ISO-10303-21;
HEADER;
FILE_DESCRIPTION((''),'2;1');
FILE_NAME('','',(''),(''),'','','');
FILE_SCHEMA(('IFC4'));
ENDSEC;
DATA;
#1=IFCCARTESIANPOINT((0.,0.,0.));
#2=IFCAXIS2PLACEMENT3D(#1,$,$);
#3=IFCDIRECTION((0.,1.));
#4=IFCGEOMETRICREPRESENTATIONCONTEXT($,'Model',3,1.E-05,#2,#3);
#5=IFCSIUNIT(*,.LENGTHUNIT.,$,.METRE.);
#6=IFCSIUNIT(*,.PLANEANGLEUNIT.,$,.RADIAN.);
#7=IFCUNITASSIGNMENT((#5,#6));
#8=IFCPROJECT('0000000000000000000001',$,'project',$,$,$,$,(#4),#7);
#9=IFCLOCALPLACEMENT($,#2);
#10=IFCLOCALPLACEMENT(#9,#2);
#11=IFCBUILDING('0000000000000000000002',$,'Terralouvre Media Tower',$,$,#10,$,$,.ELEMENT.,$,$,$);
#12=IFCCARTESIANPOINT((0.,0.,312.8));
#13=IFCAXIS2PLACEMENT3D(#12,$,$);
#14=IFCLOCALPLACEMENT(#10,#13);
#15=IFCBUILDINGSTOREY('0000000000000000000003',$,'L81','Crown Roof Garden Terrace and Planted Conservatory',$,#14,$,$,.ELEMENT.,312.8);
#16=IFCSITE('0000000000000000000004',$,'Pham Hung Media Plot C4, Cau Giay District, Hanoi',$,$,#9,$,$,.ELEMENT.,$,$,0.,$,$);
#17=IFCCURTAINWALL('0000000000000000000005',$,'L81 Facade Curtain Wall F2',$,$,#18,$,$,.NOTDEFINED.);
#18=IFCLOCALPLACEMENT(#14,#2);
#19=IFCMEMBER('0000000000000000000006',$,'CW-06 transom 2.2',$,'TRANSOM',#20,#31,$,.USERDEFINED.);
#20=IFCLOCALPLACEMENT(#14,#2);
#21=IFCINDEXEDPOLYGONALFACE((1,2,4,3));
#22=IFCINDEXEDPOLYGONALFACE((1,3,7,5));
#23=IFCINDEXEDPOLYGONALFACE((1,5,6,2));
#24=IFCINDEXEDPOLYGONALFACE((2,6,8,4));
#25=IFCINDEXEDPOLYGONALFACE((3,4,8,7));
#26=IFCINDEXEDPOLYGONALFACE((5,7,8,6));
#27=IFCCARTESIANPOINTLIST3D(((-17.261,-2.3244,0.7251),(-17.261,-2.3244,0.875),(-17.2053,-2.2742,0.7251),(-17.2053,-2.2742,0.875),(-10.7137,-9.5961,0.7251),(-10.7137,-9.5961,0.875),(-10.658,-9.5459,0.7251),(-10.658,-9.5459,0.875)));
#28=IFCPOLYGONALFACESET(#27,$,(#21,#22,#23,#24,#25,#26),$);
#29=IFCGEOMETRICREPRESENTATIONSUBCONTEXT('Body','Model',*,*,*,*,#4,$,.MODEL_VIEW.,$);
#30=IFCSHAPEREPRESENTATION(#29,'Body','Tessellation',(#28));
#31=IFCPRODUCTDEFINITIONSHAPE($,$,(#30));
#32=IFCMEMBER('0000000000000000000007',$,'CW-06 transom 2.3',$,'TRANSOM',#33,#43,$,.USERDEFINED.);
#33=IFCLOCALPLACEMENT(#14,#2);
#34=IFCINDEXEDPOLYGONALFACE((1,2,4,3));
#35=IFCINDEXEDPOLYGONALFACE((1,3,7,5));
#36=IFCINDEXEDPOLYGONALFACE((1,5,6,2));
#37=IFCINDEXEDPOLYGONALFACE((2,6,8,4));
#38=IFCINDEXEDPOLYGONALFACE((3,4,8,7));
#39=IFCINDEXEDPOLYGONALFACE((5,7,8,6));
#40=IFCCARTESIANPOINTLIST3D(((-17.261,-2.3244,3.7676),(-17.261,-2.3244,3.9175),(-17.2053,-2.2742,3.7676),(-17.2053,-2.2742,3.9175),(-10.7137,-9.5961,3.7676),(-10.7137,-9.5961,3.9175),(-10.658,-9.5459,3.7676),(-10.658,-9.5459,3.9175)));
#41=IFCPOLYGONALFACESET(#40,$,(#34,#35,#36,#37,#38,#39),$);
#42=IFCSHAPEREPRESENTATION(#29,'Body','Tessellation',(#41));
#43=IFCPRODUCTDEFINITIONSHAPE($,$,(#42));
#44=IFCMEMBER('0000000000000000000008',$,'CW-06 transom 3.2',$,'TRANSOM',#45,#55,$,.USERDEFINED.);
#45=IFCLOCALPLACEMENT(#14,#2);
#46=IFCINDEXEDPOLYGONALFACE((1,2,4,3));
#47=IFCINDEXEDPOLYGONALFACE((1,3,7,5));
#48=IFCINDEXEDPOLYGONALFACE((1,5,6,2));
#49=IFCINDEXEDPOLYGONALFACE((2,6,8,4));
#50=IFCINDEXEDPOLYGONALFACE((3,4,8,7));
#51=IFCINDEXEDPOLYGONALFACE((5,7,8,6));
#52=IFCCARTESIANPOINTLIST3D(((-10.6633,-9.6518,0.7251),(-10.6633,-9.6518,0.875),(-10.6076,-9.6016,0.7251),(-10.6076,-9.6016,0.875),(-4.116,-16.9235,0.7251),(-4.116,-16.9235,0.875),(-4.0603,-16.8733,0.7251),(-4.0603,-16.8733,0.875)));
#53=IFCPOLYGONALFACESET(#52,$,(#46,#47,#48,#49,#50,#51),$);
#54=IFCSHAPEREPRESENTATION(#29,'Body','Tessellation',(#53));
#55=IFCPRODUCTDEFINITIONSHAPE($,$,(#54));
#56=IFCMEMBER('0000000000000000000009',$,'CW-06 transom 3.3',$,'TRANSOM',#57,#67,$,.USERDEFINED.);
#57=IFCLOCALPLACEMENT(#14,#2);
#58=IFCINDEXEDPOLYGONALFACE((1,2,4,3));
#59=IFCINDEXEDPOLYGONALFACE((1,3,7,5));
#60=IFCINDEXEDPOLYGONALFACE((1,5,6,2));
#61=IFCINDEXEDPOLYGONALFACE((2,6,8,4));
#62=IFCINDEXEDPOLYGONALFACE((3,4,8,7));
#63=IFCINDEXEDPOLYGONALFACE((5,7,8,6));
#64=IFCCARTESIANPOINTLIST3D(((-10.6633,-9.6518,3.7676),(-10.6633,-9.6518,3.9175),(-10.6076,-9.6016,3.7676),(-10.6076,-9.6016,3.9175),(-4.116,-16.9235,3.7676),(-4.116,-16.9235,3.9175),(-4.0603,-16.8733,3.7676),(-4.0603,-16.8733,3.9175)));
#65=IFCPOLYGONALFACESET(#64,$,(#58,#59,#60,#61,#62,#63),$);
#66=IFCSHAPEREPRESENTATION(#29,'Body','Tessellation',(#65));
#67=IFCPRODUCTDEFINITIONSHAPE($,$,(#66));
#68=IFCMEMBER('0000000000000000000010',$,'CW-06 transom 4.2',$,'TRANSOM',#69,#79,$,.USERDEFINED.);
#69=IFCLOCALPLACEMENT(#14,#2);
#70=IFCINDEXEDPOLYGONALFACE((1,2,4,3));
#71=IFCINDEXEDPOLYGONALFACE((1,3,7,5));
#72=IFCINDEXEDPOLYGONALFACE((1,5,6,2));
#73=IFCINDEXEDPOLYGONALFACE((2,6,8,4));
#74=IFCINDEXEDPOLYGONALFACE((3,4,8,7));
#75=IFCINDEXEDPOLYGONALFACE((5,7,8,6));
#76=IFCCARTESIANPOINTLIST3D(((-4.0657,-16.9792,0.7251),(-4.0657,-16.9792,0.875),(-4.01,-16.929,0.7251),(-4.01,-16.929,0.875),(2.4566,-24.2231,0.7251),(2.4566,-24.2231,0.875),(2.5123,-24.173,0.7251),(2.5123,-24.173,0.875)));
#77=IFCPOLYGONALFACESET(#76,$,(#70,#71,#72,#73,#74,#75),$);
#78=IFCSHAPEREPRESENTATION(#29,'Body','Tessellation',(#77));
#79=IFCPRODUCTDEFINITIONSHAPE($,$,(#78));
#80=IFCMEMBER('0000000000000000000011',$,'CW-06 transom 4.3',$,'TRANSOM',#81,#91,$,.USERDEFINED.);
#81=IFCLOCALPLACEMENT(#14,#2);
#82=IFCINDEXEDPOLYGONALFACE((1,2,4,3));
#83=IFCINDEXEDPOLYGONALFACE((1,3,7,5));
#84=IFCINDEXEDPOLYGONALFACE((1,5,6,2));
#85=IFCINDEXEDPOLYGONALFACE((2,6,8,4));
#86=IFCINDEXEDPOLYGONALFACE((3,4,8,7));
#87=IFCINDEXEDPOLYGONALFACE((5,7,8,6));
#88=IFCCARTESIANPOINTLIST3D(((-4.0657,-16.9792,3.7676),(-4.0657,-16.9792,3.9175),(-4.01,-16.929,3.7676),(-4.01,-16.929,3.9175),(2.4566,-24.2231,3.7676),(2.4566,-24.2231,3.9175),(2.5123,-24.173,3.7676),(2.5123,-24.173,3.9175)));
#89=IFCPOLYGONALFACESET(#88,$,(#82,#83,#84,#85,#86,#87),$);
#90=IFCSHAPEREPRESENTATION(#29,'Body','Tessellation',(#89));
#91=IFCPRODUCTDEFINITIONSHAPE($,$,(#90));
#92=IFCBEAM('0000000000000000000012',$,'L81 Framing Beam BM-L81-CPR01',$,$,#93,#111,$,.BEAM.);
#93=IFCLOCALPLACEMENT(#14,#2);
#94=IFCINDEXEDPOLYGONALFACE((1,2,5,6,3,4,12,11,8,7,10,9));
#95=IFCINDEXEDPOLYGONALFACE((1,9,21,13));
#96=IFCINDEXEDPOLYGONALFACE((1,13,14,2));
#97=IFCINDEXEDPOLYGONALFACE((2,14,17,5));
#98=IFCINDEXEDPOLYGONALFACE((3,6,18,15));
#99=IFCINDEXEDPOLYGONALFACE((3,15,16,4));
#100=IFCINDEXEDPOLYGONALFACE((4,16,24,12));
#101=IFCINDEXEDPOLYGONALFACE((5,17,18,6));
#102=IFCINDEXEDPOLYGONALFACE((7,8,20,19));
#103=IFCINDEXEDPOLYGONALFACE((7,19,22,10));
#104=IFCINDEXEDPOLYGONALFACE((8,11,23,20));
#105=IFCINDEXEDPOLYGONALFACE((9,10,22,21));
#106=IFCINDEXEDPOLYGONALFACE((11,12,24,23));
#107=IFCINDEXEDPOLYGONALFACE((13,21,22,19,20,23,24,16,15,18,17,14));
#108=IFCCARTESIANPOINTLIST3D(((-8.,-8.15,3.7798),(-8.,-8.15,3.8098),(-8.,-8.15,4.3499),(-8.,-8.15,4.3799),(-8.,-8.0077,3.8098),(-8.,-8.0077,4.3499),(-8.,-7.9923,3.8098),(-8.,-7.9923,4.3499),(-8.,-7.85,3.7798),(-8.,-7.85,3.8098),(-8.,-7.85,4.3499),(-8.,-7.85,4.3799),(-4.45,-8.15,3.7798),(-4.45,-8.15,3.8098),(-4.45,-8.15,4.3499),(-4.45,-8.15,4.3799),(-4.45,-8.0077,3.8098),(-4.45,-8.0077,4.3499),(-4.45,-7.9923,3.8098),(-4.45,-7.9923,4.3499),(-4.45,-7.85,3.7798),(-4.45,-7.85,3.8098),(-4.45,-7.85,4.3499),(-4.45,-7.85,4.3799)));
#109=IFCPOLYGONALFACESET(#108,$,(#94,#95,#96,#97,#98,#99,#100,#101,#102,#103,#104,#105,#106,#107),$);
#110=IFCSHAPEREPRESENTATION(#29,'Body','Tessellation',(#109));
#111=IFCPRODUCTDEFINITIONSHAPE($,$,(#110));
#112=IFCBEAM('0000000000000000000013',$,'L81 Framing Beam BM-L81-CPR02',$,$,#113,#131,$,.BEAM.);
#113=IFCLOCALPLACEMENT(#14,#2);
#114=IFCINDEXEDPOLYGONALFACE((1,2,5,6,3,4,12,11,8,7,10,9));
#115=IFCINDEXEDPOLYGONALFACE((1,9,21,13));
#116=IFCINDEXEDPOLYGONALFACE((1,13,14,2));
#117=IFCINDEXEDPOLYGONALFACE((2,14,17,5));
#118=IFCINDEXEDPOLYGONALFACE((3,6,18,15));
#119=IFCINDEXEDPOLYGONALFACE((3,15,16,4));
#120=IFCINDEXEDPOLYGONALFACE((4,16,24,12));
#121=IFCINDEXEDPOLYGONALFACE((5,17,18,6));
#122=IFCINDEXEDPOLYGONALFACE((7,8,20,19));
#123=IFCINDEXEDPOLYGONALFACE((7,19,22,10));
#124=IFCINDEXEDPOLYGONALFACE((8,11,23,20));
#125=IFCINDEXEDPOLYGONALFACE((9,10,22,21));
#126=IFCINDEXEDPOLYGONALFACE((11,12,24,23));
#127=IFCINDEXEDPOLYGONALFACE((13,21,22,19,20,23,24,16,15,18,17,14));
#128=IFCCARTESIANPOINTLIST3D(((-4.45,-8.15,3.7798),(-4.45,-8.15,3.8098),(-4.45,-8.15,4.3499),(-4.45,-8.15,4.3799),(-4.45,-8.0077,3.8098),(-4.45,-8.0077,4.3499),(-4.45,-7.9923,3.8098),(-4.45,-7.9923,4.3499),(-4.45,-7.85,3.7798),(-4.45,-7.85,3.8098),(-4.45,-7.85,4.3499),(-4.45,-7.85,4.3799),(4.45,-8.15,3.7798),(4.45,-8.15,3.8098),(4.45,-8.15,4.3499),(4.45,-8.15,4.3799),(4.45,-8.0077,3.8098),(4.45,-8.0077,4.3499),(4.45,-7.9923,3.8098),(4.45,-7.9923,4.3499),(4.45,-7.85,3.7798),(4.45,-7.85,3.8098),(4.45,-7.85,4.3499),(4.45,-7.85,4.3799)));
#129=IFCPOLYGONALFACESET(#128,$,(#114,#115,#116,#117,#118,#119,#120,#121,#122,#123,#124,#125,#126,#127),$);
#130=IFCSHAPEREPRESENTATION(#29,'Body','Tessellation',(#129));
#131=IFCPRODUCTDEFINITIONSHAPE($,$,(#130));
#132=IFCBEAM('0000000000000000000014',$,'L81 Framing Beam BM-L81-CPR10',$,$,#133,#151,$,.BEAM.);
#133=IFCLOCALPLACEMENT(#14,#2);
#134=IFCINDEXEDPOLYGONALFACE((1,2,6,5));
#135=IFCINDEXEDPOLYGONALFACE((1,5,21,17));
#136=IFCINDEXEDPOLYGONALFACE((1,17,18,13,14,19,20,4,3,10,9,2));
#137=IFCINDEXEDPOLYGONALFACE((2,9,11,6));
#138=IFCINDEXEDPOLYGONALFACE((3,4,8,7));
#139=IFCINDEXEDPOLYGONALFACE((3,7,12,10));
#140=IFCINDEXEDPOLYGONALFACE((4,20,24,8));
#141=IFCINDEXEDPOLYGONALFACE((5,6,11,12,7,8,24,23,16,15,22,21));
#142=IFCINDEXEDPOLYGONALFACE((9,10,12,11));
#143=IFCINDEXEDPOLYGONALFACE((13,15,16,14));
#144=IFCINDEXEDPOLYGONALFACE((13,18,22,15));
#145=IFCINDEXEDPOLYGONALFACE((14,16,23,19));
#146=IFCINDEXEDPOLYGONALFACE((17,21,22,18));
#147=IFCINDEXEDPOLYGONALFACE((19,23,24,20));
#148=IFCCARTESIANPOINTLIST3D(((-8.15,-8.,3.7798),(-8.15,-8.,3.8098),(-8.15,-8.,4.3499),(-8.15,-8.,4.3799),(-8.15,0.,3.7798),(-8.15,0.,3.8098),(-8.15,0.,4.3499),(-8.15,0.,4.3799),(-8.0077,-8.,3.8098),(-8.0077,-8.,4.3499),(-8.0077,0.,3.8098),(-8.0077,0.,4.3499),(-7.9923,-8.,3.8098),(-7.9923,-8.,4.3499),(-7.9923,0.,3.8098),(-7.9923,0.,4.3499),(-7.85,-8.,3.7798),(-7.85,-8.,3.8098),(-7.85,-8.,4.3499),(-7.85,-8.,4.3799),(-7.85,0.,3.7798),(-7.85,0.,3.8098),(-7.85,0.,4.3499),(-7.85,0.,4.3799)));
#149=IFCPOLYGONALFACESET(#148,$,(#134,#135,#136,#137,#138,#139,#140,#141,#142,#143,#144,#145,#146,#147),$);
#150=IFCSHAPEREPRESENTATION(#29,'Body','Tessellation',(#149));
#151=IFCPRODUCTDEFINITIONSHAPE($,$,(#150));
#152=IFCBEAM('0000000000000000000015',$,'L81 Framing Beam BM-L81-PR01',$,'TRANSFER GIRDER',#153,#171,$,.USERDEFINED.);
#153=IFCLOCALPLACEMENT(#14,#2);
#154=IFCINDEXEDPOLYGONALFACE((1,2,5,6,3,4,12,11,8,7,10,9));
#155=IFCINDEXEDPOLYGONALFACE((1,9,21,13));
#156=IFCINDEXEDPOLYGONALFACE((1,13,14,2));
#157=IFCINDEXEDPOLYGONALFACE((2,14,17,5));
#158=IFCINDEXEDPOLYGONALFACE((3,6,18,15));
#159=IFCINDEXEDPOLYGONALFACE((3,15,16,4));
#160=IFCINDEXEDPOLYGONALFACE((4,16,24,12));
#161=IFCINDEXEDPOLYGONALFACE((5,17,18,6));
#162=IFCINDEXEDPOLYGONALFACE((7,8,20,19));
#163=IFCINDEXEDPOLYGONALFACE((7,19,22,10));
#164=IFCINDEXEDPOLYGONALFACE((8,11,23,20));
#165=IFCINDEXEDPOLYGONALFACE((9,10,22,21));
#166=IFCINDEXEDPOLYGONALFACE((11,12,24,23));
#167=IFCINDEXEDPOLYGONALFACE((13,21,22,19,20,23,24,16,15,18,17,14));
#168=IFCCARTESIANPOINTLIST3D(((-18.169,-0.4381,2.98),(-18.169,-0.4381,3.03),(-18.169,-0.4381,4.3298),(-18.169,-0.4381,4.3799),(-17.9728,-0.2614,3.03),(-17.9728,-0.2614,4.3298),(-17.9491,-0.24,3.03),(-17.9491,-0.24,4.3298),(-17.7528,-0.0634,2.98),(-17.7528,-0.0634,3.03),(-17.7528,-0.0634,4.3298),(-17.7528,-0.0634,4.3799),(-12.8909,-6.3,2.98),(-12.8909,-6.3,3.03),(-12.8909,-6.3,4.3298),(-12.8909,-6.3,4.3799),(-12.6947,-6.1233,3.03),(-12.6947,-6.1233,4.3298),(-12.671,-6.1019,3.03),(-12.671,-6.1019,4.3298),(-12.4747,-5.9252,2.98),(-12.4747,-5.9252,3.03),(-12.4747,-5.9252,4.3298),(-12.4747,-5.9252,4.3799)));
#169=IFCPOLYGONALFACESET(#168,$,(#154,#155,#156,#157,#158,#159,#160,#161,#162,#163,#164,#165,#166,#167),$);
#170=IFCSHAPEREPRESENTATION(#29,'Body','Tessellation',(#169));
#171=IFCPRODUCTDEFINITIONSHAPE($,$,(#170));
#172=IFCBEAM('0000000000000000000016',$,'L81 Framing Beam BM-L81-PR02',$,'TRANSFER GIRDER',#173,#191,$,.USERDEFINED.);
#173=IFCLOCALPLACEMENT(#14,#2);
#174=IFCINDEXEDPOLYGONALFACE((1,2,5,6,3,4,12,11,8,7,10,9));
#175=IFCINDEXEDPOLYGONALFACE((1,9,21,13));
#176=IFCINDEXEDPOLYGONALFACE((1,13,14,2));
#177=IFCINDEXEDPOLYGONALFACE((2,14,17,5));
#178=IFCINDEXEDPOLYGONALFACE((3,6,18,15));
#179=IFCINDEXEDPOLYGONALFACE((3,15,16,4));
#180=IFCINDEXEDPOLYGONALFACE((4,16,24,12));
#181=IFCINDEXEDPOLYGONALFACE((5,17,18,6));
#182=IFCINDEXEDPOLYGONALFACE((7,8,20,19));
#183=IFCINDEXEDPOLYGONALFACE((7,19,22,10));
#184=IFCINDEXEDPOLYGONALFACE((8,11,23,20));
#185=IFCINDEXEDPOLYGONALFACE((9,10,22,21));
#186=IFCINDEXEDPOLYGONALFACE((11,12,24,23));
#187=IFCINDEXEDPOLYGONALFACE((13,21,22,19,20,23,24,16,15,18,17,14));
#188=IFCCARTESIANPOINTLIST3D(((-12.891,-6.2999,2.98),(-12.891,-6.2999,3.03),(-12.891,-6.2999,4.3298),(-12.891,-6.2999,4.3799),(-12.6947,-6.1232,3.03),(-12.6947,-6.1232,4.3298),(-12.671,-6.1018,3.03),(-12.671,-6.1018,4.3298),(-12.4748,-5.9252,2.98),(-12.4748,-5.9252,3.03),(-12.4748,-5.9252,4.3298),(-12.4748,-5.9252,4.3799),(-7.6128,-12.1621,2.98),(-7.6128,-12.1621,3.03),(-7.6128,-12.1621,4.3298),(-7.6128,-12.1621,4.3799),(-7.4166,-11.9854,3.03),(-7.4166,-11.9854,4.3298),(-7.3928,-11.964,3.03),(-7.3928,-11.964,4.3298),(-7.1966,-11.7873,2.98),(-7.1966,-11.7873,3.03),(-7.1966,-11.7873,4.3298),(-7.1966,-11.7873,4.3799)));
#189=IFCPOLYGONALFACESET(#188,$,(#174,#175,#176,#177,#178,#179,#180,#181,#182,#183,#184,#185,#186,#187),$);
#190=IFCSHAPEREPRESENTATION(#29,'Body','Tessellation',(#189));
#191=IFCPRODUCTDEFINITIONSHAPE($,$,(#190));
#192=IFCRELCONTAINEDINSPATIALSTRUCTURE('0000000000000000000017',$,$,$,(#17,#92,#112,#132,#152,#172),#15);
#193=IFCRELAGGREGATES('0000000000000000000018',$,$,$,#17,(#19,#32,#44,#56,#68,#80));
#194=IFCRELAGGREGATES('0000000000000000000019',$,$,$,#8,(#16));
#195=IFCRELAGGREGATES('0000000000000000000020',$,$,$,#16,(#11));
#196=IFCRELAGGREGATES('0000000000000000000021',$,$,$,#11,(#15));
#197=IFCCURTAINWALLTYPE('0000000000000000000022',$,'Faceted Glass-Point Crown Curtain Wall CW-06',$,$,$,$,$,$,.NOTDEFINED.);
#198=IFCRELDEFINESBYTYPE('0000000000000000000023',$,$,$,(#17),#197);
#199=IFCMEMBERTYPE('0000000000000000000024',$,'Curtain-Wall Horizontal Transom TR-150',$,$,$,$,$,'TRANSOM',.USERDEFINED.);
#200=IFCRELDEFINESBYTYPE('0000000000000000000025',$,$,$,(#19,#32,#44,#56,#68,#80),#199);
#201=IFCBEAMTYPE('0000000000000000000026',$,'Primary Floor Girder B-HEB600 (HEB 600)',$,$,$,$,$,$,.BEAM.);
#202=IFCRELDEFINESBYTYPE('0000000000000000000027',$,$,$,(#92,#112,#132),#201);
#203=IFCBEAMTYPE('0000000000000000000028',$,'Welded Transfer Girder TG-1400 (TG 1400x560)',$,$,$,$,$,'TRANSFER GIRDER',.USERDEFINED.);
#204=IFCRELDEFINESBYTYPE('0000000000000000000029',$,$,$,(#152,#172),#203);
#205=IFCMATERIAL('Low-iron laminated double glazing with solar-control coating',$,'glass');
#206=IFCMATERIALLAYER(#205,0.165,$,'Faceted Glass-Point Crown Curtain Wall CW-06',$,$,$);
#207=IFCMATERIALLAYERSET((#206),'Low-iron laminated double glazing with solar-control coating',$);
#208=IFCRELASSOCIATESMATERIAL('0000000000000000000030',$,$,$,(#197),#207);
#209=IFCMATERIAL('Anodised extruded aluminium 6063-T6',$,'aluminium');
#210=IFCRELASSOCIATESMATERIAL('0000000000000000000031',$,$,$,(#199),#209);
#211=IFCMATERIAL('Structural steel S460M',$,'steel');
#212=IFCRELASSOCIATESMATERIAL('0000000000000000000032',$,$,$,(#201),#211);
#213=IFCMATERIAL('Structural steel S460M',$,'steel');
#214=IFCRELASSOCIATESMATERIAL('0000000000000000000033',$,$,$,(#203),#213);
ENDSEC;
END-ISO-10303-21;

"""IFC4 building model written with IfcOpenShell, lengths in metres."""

from ifc_helpers import new_model, si_unit, direction, frame, origin, origin_2d, place, context, subcontext, project, spatial, rectangle, i_section, extrude, material, layer, layer_set, material_profile, profile_set, type_object, element, aggregate, save


model = new_model("IFC4")

# Units and contexts
model_context = context("Model", 3, precision=1e-05, world=origin(), true_north=direction((0.0, 1.0)))
body_context = subcontext(model_context, "Body", "Model", "MODEL_VIEW")
ifc_project = project(units=[si_unit("LENGTHUNIT", "METRE"), si_unit("PLANEANGLEUNIT", "RADIAN")], contexts=[model_context])

# Site, building, storey
site_placement = place(None, origin())
site = spatial("IfcSite", under=ifc_project, at=site_placement, Name="Pham Hung Media Plot C4, Cau Giay District, Hanoi", CompositionType="ELEMENT", RefElevation=0.0)
building_placement = place(site_placement, origin())
building = spatial("IfcBuilding", under=site, at=building_placement, Name="Terralouvre Media Tower", CompositionType="ELEMENT")
storey_placement = place(building_placement, frame((0.0, 0.0, 312.8)))
storey = spatial("IfcBuildingStorey", under=building, at=storey_placement, Name="L81", Description="Crown Roof Garden Terrace and Planted Conservatory", CompositionType="ELEMENT", Elevation=312.8)

# Curtain wall, members
ifc_material_1 = material(Name="Low-iron laminated double glazing with solar-control coating", Category="glass")
ifc_layer_1 = layer(ifc_material_1, 0.165, Name="Faceted Glass-Point Crown Curtain Wall CW-06")
ifc_layer_set_1 = layer_set([ifc_layer_1], Name="Low-iron laminated double glazing with solar-control coating")
curtain_wall_type = type_object("IfcCurtainWallType", Name="Faceted Glass-Point Crown Curtain Wall CW-06", PredefinedType="NOTDEFINED", material=ifc_layer_set_1)
curtain_wall_placement = place(storey_placement, origin())
curtain_wall = element("IfcCurtainWall", 1, at=curtain_wall_placement, inside=storey, type_object=curtain_wall_type, Name="L81 Facade Curtain Wall F2", PredefinedType="NOTDEFINED")
ifc_material_2 = material(Name="Anodised extruded aluminium 6063-T6", Category="aluminium")
ifc_material_profile_1 = material_profile(ifc_material_2, rectangle(XDim=0.075, YDim=0.1499, at=origin_2d()), Name="ALU 75x150")
ifc_profile_set_1 = profile_set([ifc_material_profile_1], Name="Anodised extruded aluminium 6063-T6")
member_type = type_object("IfcMemberType", Name="Curtain-Wall Horizontal Transom TR-150", ElementType="TRANSOM", PredefinedType="USERDEFINED", material=ifc_profile_set_1)
member_1_placement = place(storey_placement, frame((-17.2332, -2.2993, 0.8), z_axis=(0.669123, -0.743151, 0.0), x_axis=(0.743151, 0.669123, 0.0)))
member_1 = element("IfcMember", 2, at=member_1_placement, type_object=member_type, Name="CW-06 transom 2.2", ObjectType="TRANSOM", PredefinedType="USERDEFINED", context=body_context, shape_type="SweptSolid", body=[
    extrude(rectangle(XDim=0.075, YDim=0.1499, at=origin_2d()), origin(), (0.0, 0.0, 1.0), 9.7849),
])
member_2_placement = place(storey_placement, frame((-17.2332, -2.2993, 3.8425), z_axis=(0.669123, -0.743151, 0.0), x_axis=(0.743151, 0.669123, 0.0)))
member_2 = element("IfcMember", 3, at=member_2_placement, type_object=member_type, Name="CW-06 transom 2.3", ObjectType="TRANSOM", PredefinedType="USERDEFINED", context=body_context, shape_type="SweptSolid", body=[
    extrude(rectangle(XDim=0.075, YDim=0.1499, at=origin_2d()), origin(), (0.0, 0.0, 1.0), 9.7849),
])
member_3_placement = place(storey_placement, frame((-10.6355, -9.6267, 0.8), z_axis=(0.669123, -0.743151, 0.0), x_axis=(0.743151, 0.669123, 0.0)))
member_3 = element("IfcMember", 4, at=member_3_placement, type_object=member_type, Name="CW-06 transom 3.2", ObjectType="TRANSOM", PredefinedType="USERDEFINED", context=body_context, shape_type="SweptSolid", body=[
    extrude(rectangle(XDim=0.075, YDim=0.1499, at=origin_2d()), origin(), (0.0, 0.0, 1.0), 9.7849),
])
member_4_placement = place(storey_placement, frame((-10.6355, -9.6267, 3.8425), z_axis=(0.669123, -0.743151, 0.0), x_axis=(0.743151, 0.669123, 0.0)))
member_4 = element("IfcMember", 5, at=member_4_placement, type_object=member_type, Name="CW-06 transom 3.3", ObjectType="TRANSOM", PredefinedType="USERDEFINED", context=body_context, shape_type="SweptSolid", body=[
    extrude(rectangle(XDim=0.075, YDim=0.1499, at=origin_2d()), origin(), (0.0, 0.0, 1.0), 9.7849),
])
member_5_placement = place(storey_placement, frame((-4.0378, -16.9541, 0.8), z_axis=(0.669118, -0.743156, 0.0), x_axis=(0.743156, 0.669118, 0.0)))
member_5 = element("IfcMember", 6, at=member_5_placement, type_object=member_type, Name="CW-06 transom 4.2", ObjectType="TRANSOM", PredefinedType="USERDEFINED", context=body_context, shape_type="SweptSolid", body=[
    extrude(rectangle(XDim=0.075, YDim=0.1499, at=origin_2d()), origin(), (0.0, 0.0, 1.0), 9.7476),
])
member_6_placement = place(storey_placement, frame((-4.0378, -16.9541, 3.8425), z_axis=(0.669118, -0.743156, 0.0), x_axis=(0.743156, 0.669118, 0.0)))
member_6 = element("IfcMember", 7, at=member_6_placement, type_object=member_type, Name="CW-06 transom 4.3", ObjectType="TRANSOM", PredefinedType="USERDEFINED", context=body_context, shape_type="SweptSolid", body=[
    extrude(rectangle(XDim=0.075, YDim=0.1499, at=origin_2d()), origin(), (0.0, 0.0, 1.0), 9.7476),
])

# Beams
ifc_material_3 = material(Name="Structural steel S460M", Category="steel")
ifc_material_profile_2 = material_profile(ifc_material_3, i_section(OverallWidth=0.3, OverallDepth=0.6001, WebThickness=0.0154, FlangeThickness=0.03, at=origin_2d()), Name="HEB 600")
ifc_profile_set_2 = profile_set([ifc_material_profile_2], Name="Structural steel S460M")
beam_type_1 = type_object("IfcBeamType", Name="Primary Floor Girder B-HEB600 (HEB 600)", PredefinedType="BEAM", material=ifc_profile_set_2)
beam_1_placement = place(storey_placement, frame((-8.0, -8.0, 4.0798), z_axis=(1.0, 0.0, 0.0), x_axis=(0.0, 1.0, 0.0)))
element("IfcBeam", 8, at=beam_1_placement, inside=storey, type_object=beam_type_1, Name="L81 Framing Beam BM-L81-CPR01", PredefinedType="BEAM", context=body_context, shape_type="SweptSolid", body=[
    extrude(i_section(OverallWidth=0.3, OverallDepth=0.6001, WebThickness=0.0154, FlangeThickness=0.03, at=origin_2d()), origin(), (0.0, 0.0, 1.0), 3.55),
])
beam_2_placement = place(storey_placement, frame((-4.45, -8.0, 4.0798), z_axis=(1.0, 0.0, 0.0), x_axis=(0.0, 1.0, 0.0)))
element("IfcBeam", 9, at=beam_2_placement, inside=storey, type_object=beam_type_1, Name="L81 Framing Beam BM-L81-CPR02", PredefinedType="BEAM", context=body_context, shape_type="SweptSolid", body=[
    extrude(i_section(OverallWidth=0.3, OverallDepth=0.6001, WebThickness=0.0154, FlangeThickness=0.03, at=origin_2d()), origin(), (0.0, 0.0, 1.0), 8.8999),
])
beam_3_placement = place(storey_placement, frame((-8.0, 0.0, 4.0798), z_axis=(0.0, -1.0, 0.0), x_axis=(1.0, 0.0, 0.0)))
element("IfcBeam", 10, at=beam_3_placement, inside=storey, type_object=beam_type_1, Name="L81 Framing Beam BM-L81-CPR10", PredefinedType="BEAM", context=body_context, shape_type="SweptSolid", body=[
    extrude(i_section(OverallWidth=0.3, OverallDepth=0.6001, WebThickness=0.0154, FlangeThickness=0.03, at=origin_2d()), origin(), (0.0, 0.0, 1.0), 8.0),
])
ifc_material_4 = material(Name="Structural steel S460M", Category="steel")
ifc_material_profile_3 = material_profile(ifc_material_4, i_section(OverallWidth=0.5601, OverallDepth=1.3999, WebThickness=0.032, FlangeThickness=0.05, at=origin_2d()), Name="TG 1400x560")
ifc_profile_set_3 = profile_set([ifc_material_profile_3], Name="Structural steel S460M")
beam_type_2 = type_object("IfcBeamType", Name="Welded Transfer Girder TG-1400 (TG 1400x560)", ElementType="TRANSFER GIRDER", PredefinedType="USERDEFINED", material=ifc_profile_set_3)
beam_4_placement = place(storey_placement, frame((-17.9609, -0.2507, 3.6799), z_axis=(0.669136, -0.74314, 0.0), x_axis=(0.74314, 0.669136, 0.0)))
element("IfcBeam", 11, at=beam_4_placement, inside=storey, type_object=beam_type_2, Name="L81 Framing Beam BM-L81-PR01", ObjectType="TRANSFER GIRDER", PredefinedType="USERDEFINED", context=body_context, shape_type="SweptSolid", body=[
    extrude(i_section(OverallWidth=0.5601, OverallDepth=1.3999, WebThickness=0.032, FlangeThickness=0.05, at=origin_2d()), origin(), (0.0, 0.0, 1.0), 7.8879),
])
beam_5_placement = place(storey_placement, frame((-12.6829, -6.1125, 3.6799), z_axis=(0.66912, -0.743154, 0.0), x_axis=(0.743154, 0.66912, 0.0)))
element("IfcBeam", 12, at=beam_5_placement, inside=storey, type_object=beam_type_2, Name="L81 Framing Beam BM-L81-PR02", ObjectType="TRANSFER GIRDER", PredefinedType="USERDEFINED", context=body_context, shape_type="SweptSolid", body=[
    extrude(i_section(OverallWidth=0.5601, OverallDepth=1.3999, WebThickness=0.032, FlangeThickness=0.05, at=origin_2d()), origin(), (0.0, 0.0, 1.0), 7.8882),
])

aggregate(curtain_wall, [member_1, member_2, member_3, member_4, member_5, member_6])

save(model, "model.ifc")
